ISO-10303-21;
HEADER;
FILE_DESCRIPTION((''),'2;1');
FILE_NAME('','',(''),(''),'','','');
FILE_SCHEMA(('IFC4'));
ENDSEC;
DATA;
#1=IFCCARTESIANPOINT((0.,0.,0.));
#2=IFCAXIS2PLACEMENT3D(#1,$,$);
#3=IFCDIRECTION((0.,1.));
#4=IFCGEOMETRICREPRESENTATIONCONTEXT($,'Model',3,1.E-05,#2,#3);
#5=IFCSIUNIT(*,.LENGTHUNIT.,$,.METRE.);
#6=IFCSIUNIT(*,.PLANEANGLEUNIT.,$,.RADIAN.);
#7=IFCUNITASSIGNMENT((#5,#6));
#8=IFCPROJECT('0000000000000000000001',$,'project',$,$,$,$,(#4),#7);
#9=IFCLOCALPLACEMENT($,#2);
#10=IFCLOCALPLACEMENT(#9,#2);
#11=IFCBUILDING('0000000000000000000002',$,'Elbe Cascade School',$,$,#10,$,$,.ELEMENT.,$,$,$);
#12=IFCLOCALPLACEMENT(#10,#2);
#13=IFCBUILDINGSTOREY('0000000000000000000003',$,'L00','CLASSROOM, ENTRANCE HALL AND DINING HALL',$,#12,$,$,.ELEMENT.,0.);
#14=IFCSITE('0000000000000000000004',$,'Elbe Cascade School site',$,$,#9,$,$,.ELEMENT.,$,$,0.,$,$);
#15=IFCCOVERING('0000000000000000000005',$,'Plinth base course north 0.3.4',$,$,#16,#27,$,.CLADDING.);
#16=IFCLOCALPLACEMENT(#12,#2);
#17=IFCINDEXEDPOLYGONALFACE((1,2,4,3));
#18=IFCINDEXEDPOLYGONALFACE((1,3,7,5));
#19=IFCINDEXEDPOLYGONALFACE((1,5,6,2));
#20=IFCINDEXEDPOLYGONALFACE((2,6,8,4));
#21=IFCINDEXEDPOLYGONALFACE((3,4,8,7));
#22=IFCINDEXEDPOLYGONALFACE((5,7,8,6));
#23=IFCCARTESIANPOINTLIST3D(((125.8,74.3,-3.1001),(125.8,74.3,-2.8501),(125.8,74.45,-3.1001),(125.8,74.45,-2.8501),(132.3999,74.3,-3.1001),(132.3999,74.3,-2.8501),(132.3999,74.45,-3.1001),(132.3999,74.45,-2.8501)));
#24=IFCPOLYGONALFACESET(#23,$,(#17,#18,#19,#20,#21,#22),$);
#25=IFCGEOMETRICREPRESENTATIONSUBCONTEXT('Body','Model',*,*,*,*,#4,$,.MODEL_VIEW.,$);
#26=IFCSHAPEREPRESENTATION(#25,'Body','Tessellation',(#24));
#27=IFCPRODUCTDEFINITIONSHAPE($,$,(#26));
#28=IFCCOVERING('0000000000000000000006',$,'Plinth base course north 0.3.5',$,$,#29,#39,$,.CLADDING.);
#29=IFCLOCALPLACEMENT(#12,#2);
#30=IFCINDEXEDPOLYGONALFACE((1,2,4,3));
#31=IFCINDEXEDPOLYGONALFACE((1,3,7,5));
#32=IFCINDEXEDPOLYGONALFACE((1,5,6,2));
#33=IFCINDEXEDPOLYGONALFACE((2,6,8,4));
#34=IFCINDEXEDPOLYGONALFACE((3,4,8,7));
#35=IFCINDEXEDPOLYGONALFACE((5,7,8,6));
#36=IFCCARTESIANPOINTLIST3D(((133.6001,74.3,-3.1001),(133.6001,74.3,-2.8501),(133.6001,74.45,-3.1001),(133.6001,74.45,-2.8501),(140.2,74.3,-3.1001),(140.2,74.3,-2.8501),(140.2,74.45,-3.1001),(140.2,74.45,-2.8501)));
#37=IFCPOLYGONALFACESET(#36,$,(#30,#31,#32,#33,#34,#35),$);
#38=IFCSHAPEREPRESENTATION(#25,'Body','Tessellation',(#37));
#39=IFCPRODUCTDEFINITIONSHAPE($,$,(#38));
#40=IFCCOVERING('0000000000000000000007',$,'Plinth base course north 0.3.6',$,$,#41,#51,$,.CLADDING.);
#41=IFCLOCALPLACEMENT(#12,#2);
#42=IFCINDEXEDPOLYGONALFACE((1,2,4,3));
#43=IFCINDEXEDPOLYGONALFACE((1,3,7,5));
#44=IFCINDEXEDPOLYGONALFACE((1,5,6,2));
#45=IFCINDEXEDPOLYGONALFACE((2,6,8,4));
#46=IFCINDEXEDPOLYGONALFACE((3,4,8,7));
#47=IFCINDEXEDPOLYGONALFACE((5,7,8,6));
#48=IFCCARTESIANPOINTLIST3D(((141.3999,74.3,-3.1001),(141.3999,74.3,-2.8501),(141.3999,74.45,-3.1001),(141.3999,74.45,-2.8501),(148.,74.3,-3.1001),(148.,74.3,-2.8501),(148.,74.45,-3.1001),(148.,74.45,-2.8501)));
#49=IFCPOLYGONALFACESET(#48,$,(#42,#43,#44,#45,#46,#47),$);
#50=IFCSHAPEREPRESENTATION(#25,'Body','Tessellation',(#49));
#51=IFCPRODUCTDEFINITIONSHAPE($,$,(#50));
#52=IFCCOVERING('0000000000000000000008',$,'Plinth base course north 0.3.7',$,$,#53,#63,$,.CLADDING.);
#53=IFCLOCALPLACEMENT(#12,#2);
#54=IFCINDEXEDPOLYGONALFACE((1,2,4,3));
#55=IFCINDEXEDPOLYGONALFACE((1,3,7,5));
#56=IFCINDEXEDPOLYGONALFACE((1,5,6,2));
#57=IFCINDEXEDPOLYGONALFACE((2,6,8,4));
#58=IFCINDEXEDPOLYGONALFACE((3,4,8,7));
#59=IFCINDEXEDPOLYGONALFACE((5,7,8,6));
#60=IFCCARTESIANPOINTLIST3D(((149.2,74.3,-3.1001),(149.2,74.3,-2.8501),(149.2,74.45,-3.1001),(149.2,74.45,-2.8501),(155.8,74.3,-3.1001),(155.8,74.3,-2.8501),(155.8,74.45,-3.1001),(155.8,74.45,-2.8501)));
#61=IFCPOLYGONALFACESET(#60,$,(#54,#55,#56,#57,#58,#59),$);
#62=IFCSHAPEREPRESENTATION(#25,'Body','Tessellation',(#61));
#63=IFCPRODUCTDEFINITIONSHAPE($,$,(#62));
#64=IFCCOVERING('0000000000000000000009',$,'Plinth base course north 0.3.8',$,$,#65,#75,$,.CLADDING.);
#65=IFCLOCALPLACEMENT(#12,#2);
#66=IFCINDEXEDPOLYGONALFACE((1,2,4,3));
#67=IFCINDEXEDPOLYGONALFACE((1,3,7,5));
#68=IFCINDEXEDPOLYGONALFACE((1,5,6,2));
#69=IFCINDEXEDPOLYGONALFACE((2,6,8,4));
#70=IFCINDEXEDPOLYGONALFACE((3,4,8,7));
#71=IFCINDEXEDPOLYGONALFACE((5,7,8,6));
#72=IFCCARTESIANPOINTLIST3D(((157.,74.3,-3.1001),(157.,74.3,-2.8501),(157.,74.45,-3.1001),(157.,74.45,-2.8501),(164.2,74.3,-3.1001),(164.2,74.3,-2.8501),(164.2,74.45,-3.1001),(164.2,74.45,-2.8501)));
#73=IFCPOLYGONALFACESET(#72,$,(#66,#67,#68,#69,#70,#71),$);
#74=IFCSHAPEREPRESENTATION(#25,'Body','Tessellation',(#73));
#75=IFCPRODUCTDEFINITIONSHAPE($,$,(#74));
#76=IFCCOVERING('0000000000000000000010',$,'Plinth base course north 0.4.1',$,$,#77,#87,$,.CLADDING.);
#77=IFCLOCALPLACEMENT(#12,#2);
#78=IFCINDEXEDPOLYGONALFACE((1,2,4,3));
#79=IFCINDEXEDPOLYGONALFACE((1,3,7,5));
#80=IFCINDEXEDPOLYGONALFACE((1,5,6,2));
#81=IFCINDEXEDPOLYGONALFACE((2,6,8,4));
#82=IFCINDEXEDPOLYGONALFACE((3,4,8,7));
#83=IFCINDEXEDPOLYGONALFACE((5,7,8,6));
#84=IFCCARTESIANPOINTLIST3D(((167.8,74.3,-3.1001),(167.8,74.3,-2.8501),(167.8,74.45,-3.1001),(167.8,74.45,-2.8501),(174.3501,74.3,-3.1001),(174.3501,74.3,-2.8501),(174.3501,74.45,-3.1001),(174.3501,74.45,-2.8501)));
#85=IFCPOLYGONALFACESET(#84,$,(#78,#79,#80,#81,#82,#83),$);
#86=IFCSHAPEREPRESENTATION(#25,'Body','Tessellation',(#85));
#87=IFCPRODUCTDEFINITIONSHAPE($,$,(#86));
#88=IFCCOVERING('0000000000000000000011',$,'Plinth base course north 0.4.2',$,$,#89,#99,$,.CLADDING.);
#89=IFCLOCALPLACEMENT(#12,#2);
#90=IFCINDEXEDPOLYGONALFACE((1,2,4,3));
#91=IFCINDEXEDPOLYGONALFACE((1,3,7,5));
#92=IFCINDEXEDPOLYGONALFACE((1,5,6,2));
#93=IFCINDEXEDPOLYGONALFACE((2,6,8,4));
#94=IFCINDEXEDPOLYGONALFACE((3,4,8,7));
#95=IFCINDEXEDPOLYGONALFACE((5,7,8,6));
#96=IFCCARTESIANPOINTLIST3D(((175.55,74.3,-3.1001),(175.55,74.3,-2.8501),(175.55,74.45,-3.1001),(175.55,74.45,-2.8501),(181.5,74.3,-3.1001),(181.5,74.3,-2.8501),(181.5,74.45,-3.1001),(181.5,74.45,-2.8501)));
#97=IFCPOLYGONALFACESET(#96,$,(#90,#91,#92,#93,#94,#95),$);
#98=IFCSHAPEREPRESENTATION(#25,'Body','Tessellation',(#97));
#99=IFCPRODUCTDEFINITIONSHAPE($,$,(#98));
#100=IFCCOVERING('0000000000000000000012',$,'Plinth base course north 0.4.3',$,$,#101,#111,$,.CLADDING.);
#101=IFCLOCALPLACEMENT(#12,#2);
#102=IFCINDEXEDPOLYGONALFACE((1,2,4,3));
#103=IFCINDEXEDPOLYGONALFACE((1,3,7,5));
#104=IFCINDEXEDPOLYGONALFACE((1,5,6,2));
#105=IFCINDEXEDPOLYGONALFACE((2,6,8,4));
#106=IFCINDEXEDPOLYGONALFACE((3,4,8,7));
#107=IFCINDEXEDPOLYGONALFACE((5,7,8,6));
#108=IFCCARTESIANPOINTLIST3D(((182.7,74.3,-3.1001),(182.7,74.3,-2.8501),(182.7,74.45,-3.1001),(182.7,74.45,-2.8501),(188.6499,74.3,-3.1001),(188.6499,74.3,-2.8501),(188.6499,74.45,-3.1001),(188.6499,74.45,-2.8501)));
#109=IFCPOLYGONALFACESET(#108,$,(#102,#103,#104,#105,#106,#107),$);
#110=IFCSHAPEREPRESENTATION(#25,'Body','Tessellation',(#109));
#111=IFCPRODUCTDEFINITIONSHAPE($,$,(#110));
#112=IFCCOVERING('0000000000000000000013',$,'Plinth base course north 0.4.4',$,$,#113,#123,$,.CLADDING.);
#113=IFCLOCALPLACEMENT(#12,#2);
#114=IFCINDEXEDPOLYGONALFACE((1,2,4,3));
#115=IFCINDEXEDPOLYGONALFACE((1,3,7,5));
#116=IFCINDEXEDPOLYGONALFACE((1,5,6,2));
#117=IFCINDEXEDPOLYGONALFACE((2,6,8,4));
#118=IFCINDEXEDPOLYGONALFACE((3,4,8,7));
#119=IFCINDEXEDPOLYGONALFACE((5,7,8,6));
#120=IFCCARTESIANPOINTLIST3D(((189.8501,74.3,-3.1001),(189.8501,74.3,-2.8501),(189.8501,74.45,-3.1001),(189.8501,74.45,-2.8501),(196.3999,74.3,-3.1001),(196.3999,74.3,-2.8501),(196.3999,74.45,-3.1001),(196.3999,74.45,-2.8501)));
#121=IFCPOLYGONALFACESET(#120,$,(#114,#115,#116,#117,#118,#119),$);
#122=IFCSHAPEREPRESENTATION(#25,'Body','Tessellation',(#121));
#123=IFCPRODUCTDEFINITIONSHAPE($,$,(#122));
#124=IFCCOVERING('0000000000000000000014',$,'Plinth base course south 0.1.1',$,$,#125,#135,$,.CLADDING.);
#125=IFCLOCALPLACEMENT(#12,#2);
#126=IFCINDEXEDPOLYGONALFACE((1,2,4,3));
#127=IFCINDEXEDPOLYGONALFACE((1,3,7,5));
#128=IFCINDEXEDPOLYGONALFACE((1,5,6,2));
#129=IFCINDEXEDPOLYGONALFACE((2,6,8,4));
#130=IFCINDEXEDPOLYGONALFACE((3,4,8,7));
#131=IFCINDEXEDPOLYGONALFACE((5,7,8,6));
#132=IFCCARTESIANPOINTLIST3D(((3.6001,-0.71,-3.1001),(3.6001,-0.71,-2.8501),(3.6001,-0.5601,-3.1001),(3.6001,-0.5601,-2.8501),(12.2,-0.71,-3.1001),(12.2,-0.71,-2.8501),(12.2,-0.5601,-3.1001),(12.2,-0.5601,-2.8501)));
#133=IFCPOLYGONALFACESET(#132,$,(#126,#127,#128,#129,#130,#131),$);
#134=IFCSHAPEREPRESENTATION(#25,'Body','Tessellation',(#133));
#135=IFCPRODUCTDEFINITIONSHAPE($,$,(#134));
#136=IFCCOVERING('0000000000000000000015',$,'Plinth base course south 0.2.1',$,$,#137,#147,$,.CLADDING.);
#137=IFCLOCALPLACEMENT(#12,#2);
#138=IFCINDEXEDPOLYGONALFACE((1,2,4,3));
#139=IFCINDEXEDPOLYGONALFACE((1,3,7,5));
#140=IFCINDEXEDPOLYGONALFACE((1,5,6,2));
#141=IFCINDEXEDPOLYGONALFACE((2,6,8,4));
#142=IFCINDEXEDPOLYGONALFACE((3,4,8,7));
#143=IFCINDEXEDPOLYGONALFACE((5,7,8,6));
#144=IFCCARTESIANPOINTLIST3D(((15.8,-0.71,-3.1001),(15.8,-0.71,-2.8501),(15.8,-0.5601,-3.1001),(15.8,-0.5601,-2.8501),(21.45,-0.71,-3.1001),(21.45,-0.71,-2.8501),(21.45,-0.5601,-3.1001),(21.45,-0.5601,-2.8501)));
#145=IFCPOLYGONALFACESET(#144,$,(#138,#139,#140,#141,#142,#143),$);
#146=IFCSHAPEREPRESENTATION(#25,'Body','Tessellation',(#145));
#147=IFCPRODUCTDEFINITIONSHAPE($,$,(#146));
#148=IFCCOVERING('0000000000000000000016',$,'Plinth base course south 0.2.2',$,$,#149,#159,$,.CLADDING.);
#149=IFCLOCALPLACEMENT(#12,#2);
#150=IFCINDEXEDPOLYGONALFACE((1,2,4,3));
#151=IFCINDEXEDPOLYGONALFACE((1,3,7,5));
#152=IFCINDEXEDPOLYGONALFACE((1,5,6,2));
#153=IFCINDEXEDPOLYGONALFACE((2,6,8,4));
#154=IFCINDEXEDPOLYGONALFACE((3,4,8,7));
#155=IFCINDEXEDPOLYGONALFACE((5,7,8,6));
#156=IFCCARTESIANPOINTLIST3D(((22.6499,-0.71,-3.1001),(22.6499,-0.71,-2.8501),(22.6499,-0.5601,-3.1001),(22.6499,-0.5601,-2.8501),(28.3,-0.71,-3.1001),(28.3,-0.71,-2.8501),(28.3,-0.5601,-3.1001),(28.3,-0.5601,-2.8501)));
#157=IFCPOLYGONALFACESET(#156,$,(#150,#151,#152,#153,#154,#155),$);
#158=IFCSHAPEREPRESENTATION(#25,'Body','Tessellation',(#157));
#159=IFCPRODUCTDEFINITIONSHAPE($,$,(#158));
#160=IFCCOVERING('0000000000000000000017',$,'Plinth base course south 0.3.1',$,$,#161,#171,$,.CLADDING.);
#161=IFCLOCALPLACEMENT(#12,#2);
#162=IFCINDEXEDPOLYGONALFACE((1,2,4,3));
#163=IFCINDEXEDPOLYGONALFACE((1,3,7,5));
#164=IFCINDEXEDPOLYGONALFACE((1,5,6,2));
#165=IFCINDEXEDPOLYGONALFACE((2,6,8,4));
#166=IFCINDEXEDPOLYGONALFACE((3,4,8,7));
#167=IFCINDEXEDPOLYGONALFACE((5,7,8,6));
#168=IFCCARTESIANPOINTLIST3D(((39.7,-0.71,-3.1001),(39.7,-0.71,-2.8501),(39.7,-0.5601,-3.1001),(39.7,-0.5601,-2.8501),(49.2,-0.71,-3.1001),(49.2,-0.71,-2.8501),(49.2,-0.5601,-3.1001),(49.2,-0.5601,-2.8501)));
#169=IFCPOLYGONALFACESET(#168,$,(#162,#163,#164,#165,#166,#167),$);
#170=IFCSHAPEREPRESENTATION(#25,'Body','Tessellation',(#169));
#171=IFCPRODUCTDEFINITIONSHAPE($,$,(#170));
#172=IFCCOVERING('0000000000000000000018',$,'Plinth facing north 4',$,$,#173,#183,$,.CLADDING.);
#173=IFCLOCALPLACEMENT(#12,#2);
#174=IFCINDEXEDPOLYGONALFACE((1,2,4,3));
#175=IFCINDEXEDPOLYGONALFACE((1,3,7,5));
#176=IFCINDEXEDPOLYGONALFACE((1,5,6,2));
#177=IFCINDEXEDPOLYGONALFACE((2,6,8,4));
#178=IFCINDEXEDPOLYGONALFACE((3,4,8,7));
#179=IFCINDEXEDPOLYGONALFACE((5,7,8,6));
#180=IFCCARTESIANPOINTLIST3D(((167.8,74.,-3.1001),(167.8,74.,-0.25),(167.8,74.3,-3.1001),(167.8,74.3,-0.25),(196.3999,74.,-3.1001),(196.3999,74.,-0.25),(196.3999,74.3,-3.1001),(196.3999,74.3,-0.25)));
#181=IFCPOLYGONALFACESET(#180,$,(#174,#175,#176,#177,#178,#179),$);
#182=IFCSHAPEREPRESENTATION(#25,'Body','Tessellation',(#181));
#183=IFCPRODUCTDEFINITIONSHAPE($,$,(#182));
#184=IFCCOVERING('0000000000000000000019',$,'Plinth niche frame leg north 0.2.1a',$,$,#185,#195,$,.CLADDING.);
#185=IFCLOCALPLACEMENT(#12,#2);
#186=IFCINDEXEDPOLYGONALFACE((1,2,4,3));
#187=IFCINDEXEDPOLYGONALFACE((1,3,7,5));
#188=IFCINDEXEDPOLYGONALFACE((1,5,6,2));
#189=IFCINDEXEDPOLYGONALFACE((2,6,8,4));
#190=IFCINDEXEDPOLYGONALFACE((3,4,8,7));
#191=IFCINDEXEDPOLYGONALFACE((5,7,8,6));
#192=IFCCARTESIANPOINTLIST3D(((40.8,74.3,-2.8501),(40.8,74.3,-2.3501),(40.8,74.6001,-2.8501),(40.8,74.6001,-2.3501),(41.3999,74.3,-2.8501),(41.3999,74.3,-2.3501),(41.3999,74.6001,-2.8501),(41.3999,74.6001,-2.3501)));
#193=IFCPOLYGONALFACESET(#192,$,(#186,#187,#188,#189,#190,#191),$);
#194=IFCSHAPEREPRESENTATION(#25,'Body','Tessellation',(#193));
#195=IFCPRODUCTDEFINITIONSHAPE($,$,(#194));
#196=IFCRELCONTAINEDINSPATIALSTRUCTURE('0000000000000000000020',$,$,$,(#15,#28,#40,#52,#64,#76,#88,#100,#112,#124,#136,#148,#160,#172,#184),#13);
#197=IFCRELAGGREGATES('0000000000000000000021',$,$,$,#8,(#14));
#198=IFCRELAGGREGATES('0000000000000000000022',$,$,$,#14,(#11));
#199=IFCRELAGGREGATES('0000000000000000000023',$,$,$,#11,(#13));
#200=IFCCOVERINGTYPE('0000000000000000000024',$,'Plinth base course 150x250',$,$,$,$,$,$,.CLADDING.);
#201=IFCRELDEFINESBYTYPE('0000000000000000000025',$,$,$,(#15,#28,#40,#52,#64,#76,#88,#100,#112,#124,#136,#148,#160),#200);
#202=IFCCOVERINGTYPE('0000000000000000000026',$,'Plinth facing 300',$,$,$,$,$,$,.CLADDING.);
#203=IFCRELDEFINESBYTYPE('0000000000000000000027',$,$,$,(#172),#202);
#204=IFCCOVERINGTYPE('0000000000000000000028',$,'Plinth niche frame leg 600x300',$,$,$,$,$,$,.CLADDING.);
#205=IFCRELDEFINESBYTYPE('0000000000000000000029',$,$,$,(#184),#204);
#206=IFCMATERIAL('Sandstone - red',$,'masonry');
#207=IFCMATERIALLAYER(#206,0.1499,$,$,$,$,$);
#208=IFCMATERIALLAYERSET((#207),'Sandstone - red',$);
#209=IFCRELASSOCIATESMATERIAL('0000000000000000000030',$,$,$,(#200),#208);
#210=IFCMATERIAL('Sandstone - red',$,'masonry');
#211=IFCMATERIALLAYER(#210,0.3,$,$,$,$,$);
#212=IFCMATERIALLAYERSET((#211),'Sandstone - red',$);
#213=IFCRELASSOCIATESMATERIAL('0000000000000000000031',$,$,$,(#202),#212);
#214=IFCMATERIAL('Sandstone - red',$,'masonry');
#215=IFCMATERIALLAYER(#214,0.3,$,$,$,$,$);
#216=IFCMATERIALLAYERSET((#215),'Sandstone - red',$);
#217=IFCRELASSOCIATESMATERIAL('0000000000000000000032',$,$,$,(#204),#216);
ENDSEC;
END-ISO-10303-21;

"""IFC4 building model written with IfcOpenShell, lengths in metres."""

from ifc_helpers import new_model, si_unit, direction, frame, origin, place, context, subcontext, project, spatial, polyline, outline, extrude, material, layer, layer_set, type_object, element, save


model = new_model("IFC4")

# Units and contexts
model_context = context("Model", 3, precision=1e-05, world=origin(), true_north=direction((0.0, 1.0)))
body_context = subcontext(model_context, "Body", "Model", "MODEL_VIEW")
ifc_project = project(units=[si_unit("LENGTHUNIT", "METRE"), si_unit("PLANEANGLEUNIT", "RADIAN")], contexts=[model_context])

# Site, building, storey
site_placement = place(None, origin())
site = spatial("IfcSite", under=ifc_project, at=site_placement, Name="Elbe Cascade School site", CompositionType="ELEMENT", RefElevation=0.0)
building_placement = place(site_placement, origin())
building = spatial("IfcBuilding", under=site, at=building_placement, Name="Elbe Cascade School", CompositionType="ELEMENT")
storey_placement = place(building_placement, origin())
storey = spatial("IfcBuildingStorey", under=building, at=storey_placement, Name="L00", Description="CLASSROOM, ENTRANCE HALL AND DINING HALL", CompositionType="ELEMENT", Elevation=0.0)

# Coverings
ifc_material_1 = material(Name="Sandstone - red", Category="masonry")
ifc_layer_1 = layer(ifc_material_1, 0.1499)
ifc_layer_set_1 = layer_set([ifc_layer_1], Name="Sandstone - red")
covering_type_1 = type_object("IfcCoveringType", Name="Plinth base course 150x250", PredefinedType="CLADDING", material=ifc_layer_set_1)
covering_1_placement = place(storey_placement, frame((0.0, 0.0, -3.1001)))
element("IfcCovering", 1, at=covering_1_placement, inside=storey, type_object=covering_type_1, Name="Plinth base course north 0.3.4", PredefinedType="CLADDING", context=body_context, shape_type="SweptSolid", body=[
    extrude(outline(polyline([(125.8, 74.3), (132.3999, 74.3), (132.3999, 74.45), (125.8, 74.45), (125.8, 74.3)])), origin(), (0.0, 0.0, 1.0), 0.25),
])
covering_2_placement = place(storey_placement, frame((0.0, 0.0, -3.1001)))
element("IfcCovering", 2, at=covering_2_placement, inside=storey, type_object=covering_type_1, Name="Plinth base course north 0.3.5", PredefinedType="CLADDING", context=body_context, shape_type="SweptSolid", body=[
    extrude(outline(polyline([(133.6001, 74.3), (140.2, 74.3), (140.2, 74.45), (133.6001, 74.45), (133.6001, 74.3)])), origin(), (0.0, 0.0, 1.0), 0.25),
])
covering_3_placement = place(storey_placement, frame((0.0, 0.0, -3.1001)))
element("IfcCovering", 3, at=covering_3_placement, inside=storey, type_object=covering_type_1, Name="Plinth base course north 0.3.6", PredefinedType="CLADDING", context=body_context, shape_type="SweptSolid", body=[
    extrude(outline(polyline([(141.3999, 74.3), (148.0, 74.3), (148.0, 74.45), (141.3999, 74.45), (141.3999, 74.3)])), origin(), (0.0, 0.0, 1.0), 0.25),
])
covering_4_placement = place(storey_placement, frame((0.0, 0.0, -3.1001)))
element("IfcCovering", 4, at=covering_4_placement, inside=storey, type_object=covering_type_1, Name="Plinth base course north 0.3.7", PredefinedType="CLADDING", context=body_context, shape_type="SweptSolid", body=[
    extrude(outline(polyline([(149.2, 74.3), (155.8, 74.3), (155.8, 74.45), (149.2, 74.45), (149.2, 74.3)])), origin(), (0.0, 0.0, 1.0), 0.25),
])
covering_5_placement = place(storey_placement, frame((0.0, 0.0, -3.1001)))
element("IfcCovering", 5, at=covering_5_placement, inside=storey, type_object=covering_type_1, Name="Plinth base course north 0.3.8", PredefinedType="CLADDING", context=body_context, shape_type="SweptSolid", body=[
    extrude(outline(polyline([(157.0, 74.3), (164.2, 74.3), (164.2, 74.45), (157.0, 74.45), (157.0, 74.3)])), origin(), (0.0, 0.0, 1.0), 0.25),
])
covering_6_placement = place(storey_placement, frame((0.0, 0.0, -3.1001)))
element("IfcCovering", 6, at=covering_6_placement, inside=storey, type_object=covering_type_1, Name="Plinth base course north 0.4.1", PredefinedType="CLADDING", context=body_context, shape_type="SweptSolid", body=[
    extrude(outline(polyline([(167.8, 74.3), (174.3501, 74.3), (174.3501, 74.45), (167.8, 74.45), (167.8, 74.3)])), origin(), (0.0, 0.0, 1.0), 0.25),
])
covering_7_placement = place(storey_placement, frame((0.0, 0.0, -3.1001)))
element("IfcCovering", 7, at=covering_7_placement, inside=storey, type_object=covering_type_1, Name="Plinth base course north 0.4.2", PredefinedType="CLADDING", context=body_context, shape_type="SweptSolid", body=[
    extrude(outline(polyline([(175.55, 74.3), (181.5, 74.3), (181.5, 74.45), (175.55, 74.45), (175.55, 74.3)])), origin(), (0.0, 0.0, 1.0), 0.25),
])
covering_8_placement = place(storey_placement, frame((0.0, 0.0, -3.1001)))
element("IfcCovering", 8, at=covering_8_placement, inside=storey, type_object=covering_type_1, Name="Plinth base course north 0.4.3", PredefinedType="CLADDING", context=body_context, shape_type="SweptSolid", body=[
    extrude(outline(polyline([(182.7, 74.3), (188.6499, 74.3), (188.6499, 74.45), (182.7, 74.45), (182.7, 74.3)])), origin(), (0.0, 0.0, 1.0), 0.25),
])
covering_9_placement = place(storey_placement, frame((0.0, 0.0, -3.1001)))
element("IfcCovering", 9, at=covering_9_placement, inside=storey, type_object=covering_type_1, Name="Plinth base course north 0.4.4", PredefinedType="CLADDING", context=body_context, shape_type="SweptSolid", body=[
    extrude(outline(polyline([(189.8501, 74.3), (196.3999, 74.3), (196.3999, 74.45), (189.8501, 74.45), (189.8501, 74.3)])), origin(), (0.0, 0.0, 1.0), 0.25),
])
covering_10_placement = place(storey_placement, frame((0.0, 0.0, -3.1001)))
element("IfcCovering", 10, at=covering_10_placement, inside=storey, type_object=covering_type_1, Name="Plinth base course south 0.1.1", PredefinedType="CLADDING", context=body_context, shape_type="SweptSolid", body=[
    extrude(outline(polyline([(3.6001, -0.71), (12.2, -0.71), (12.2, -0.5601), (3.6001, -0.5601), (3.6001, -0.71)])), origin(), (0.0, 0.0, 1.0), 0.25),
])
covering_11_placement = place(storey_placement, frame((0.0, 0.0, -3.1001)))
element("IfcCovering", 11, at=covering_11_placement, inside=storey, type_object=covering_type_1, Name="Plinth base course south 0.2.1", PredefinedType="CLADDING", context=body_context, shape_type="SweptSolid", body=[
    extrude(outline(polyline([(15.8, -0.71), (21.45, -0.71), (21.45, -0.5601), (15.8, -0.5601), (15.8, -0.71)])), origin(), (0.0, 0.0, 1.0), 0.25),
])
covering_12_placement = place(storey_placement, frame((0.0, 0.0, -3.1001)))
element("IfcCovering", 12, at=covering_12_placement, inside=storey, type_object=covering_type_1, Name="Plinth base course south 0.2.2", PredefinedType="CLADDING", context=body_context, shape_type="SweptSolid", body=[
    extrude(outline(polyline([(22.6499, -0.71), (28.3, -0.71), (28.3, -0.5601), (22.6499, -0.5601), (22.6499, -0.71)])), origin(), (0.0, 0.0, 1.0), 0.25),
])
covering_13_placement = place(storey_placement, frame((0.0, 0.0, -3.1001)))
element("IfcCovering", 13, at=covering_13_placement, inside=storey, type_object=covering_type_1, Name="Plinth base course south 0.3.1", PredefinedType="CLADDING", context=body_context, shape_type="SweptSolid", body=[
    extrude(outline(polyline([(39.7, -0.71), (49.2, -0.71), (49.2, -0.5601), (39.7, -0.5601), (39.7, -0.71)])), origin(), (0.0, 0.0, 1.0), 0.25),
])
ifc_material_2 = material(Name="Sandstone - red", Category="masonry")
ifc_layer_2 = layer(ifc_material_2, 0.3)
ifc_layer_set_2 = layer_set([ifc_layer_2], Name="Sandstone - red")
covering_type_2 = type_object("IfcCoveringType", Name="Plinth facing 300", PredefinedType="CLADDING", material=ifc_layer_set_2)
covering_14_placement = place(storey_placement, frame((0.0, 0.0, -3.1001)))
element("IfcCovering", 14, at=covering_14_placement, inside=storey, type_object=covering_type_2, Name="Plinth facing north 4", PredefinedType="CLADDING", context=body_context, shape_type="SweptSolid", body=[
    extrude(outline(polyline([(167.8, 74.0), (196.3999, 74.0), (196.3999, 74.3), (167.8, 74.3), (167.8, 74.0)])), origin(), (0.0, 0.0, 1.0), 2.8501),
])
ifc_material_3 = material(Name="Sandstone - red", Category="masonry")
ifc_layer_3 = layer(ifc_material_3, 0.3)
ifc_layer_set_3 = layer_set([ifc_layer_3], Name="Sandstone - red")
covering_type_3 = type_object("IfcCoveringType", Name="Plinth niche frame leg 600x300", PredefinedType="CLADDING", material=ifc_layer_set_3)
covering_15_placement = place(storey_placement, frame((0.0, 0.0, -2.8501)))
element("IfcCovering", 15, at=covering_15_placement, inside=storey, type_object=covering_type_3, Name="Plinth niche frame leg north 0.2.1a", PredefinedType="CLADDING", context=body_context, shape_type="SweptSolid", body=[
    extrude(outline(polyline([(40.8, 74.3), (41.3999, 74.3), (41.3999, 74.6001), (40.8, 74.6001), (40.8, 74.3)])), origin(), (0.0, 0.0, 1.0), 0.5),
])

save(model, "model.ifc")
